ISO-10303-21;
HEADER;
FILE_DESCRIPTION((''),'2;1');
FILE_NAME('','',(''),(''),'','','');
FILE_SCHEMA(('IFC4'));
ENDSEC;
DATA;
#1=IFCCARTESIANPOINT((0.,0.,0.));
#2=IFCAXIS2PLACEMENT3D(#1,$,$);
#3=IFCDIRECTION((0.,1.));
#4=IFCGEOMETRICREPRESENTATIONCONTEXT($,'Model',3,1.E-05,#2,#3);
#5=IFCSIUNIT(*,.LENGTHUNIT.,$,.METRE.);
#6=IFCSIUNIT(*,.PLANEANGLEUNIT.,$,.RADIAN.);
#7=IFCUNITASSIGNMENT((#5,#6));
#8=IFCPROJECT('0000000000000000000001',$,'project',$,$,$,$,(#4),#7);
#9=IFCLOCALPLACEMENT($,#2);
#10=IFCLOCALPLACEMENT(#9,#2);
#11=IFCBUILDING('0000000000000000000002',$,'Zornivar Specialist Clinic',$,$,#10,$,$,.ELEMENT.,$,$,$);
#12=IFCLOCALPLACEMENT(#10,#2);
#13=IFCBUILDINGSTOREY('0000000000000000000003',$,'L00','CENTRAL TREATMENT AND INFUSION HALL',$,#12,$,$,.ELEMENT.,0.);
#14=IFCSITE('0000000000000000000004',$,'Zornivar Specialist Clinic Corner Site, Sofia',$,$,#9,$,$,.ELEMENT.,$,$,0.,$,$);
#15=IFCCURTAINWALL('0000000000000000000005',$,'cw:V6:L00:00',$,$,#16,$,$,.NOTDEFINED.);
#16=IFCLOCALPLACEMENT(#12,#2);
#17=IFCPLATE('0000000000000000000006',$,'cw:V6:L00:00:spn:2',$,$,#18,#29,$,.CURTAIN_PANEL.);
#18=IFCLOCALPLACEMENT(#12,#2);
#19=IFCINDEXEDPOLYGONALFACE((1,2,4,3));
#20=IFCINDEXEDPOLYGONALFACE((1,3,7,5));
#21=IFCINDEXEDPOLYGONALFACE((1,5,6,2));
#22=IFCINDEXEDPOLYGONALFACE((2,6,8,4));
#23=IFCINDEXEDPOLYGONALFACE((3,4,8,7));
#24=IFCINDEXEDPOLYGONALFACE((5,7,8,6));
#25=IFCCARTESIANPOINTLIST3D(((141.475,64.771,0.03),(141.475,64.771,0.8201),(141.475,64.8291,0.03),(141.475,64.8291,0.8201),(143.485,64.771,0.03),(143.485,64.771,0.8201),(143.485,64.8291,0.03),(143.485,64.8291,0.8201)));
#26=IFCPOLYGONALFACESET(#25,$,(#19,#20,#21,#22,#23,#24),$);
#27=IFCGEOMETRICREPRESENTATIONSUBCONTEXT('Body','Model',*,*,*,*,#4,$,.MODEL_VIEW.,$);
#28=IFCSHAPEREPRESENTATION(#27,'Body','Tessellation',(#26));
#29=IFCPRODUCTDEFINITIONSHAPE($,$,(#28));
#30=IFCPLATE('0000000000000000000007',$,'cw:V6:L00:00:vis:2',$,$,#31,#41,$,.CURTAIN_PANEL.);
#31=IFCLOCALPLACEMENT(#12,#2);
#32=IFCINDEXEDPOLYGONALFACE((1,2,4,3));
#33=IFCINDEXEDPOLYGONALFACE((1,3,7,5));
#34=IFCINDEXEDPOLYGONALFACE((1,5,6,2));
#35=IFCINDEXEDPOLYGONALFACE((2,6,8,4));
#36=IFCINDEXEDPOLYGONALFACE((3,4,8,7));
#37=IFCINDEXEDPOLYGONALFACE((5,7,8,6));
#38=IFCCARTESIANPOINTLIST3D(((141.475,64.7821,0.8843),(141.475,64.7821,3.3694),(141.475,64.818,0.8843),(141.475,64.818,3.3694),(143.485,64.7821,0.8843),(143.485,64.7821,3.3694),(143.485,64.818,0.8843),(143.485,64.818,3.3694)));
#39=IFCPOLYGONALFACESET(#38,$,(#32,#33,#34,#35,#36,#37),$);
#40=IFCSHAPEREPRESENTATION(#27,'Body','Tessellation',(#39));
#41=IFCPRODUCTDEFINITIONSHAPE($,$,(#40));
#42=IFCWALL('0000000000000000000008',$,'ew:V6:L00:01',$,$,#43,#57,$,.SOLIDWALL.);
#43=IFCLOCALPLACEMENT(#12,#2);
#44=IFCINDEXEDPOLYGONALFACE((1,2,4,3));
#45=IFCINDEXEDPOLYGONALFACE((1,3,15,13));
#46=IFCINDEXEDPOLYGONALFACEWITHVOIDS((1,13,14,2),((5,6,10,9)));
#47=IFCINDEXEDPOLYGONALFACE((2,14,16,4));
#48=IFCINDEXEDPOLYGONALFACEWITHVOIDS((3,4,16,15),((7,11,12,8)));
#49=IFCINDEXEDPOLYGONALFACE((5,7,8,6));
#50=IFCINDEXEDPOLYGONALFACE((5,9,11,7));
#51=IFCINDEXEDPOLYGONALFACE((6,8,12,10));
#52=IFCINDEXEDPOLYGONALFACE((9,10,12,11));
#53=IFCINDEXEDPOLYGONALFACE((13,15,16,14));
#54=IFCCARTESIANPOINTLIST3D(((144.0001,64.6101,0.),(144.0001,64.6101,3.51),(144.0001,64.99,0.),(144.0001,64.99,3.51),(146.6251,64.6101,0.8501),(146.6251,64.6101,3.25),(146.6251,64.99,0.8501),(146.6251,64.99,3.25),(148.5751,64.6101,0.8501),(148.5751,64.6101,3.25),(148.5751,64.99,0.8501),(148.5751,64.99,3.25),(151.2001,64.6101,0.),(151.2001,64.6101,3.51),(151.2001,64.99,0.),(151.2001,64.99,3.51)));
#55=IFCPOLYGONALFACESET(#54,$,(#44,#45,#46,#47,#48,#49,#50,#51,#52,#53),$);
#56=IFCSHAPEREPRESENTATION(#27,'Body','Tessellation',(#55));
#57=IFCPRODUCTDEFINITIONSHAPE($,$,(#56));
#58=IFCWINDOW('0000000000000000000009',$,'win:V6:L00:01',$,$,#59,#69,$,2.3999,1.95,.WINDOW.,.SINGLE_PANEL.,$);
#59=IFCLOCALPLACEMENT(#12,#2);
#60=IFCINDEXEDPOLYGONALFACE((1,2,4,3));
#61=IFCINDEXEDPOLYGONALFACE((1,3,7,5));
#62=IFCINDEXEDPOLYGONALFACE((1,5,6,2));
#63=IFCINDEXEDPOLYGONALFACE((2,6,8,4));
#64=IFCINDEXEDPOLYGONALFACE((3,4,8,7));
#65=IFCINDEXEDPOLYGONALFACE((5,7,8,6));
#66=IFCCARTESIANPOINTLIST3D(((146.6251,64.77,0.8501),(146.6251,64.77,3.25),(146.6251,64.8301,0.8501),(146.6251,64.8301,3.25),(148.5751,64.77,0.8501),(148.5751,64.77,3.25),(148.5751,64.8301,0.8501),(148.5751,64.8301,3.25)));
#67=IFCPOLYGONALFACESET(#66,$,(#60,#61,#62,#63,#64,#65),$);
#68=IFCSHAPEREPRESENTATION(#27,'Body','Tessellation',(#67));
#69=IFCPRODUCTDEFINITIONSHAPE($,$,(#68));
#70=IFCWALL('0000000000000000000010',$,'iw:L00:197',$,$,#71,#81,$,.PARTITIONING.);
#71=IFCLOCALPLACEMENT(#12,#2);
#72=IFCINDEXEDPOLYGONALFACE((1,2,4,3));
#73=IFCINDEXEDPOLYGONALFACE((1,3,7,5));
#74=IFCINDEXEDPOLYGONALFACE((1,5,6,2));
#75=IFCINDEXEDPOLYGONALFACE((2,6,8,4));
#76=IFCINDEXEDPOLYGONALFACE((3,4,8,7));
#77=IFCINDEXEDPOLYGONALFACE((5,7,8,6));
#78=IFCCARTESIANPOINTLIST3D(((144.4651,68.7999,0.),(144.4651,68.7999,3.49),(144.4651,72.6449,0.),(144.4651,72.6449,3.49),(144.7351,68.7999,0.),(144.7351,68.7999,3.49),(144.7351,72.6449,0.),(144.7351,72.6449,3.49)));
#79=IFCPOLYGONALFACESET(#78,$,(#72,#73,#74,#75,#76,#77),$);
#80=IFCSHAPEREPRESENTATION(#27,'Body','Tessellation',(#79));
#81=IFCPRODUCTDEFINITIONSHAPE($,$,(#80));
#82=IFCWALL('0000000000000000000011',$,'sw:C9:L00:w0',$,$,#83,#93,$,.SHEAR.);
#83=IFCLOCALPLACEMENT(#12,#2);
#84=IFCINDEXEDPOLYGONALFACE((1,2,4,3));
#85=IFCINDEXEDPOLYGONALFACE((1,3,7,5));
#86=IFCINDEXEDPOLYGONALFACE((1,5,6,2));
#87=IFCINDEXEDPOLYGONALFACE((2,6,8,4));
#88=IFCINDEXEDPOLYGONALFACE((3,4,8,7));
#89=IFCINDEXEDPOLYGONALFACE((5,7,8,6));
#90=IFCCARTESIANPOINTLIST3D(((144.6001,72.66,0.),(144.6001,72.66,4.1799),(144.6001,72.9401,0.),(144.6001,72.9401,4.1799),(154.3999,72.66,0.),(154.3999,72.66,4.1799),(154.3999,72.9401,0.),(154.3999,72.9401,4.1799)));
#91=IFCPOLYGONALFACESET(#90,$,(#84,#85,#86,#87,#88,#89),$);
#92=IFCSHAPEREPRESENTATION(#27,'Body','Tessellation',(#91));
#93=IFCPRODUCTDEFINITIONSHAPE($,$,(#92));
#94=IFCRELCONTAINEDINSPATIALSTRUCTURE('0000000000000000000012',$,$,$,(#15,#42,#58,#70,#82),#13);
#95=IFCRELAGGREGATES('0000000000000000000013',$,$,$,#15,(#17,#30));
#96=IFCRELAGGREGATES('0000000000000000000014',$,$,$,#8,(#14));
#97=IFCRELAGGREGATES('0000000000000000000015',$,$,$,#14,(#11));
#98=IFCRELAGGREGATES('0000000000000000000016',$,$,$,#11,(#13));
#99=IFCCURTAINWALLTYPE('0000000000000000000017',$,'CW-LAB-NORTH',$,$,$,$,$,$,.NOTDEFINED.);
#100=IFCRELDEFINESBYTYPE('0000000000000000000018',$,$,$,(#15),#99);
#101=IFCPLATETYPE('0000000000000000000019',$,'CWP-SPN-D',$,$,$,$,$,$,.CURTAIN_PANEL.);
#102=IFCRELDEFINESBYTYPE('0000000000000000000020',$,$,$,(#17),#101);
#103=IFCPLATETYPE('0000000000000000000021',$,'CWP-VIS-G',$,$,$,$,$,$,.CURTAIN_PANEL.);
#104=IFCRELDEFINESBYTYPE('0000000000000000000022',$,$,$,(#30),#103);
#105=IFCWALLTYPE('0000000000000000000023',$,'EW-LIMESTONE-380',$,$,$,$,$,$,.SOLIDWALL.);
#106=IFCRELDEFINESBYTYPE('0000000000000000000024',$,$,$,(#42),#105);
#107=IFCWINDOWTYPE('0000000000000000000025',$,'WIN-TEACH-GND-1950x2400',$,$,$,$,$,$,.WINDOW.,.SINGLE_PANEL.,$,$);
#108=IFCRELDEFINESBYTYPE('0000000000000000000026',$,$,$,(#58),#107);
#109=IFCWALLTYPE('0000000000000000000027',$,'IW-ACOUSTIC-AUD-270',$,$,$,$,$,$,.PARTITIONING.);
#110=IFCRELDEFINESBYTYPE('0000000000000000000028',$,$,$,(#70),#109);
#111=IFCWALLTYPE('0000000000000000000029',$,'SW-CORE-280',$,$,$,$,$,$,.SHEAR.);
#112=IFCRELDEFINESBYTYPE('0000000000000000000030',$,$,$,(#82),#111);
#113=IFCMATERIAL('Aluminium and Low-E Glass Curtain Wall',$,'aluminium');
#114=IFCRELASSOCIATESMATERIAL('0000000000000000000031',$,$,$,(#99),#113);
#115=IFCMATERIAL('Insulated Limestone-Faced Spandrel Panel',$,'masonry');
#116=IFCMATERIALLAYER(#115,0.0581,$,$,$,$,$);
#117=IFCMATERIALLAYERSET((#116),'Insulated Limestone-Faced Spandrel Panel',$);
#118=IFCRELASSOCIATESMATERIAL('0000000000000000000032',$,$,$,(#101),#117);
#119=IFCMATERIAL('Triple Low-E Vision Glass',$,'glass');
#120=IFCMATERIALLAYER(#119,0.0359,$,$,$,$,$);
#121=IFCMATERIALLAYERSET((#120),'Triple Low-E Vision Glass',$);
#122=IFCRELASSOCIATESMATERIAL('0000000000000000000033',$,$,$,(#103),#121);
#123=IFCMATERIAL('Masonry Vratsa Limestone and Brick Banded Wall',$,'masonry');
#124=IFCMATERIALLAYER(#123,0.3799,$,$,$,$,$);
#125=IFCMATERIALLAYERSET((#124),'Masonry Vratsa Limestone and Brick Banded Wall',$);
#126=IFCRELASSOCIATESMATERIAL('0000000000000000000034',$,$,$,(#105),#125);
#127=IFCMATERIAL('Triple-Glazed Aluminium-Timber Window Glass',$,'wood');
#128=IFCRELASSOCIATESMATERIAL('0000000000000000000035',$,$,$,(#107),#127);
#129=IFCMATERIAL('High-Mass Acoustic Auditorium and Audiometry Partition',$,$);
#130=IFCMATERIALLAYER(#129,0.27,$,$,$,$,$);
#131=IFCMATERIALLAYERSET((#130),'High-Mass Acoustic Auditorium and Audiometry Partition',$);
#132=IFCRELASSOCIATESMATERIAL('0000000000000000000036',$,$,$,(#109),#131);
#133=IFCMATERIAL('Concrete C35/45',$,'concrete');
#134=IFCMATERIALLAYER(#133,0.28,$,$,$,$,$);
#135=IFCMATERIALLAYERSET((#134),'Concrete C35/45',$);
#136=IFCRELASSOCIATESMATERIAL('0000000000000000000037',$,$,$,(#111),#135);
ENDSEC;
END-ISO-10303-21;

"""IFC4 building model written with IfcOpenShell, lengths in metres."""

from ifc_helpers import new_model, si_unit, direction, frame, frame_2d, origin, origin_2d, place, context, subcontext, project, spatial, rectangle, extrude, material, layer, layer_set, type_object, element, fill, aggregate, save


model = new_model("IFC4")

# Units and contexts
model_context = context("Model", 3, precision=1e-05, world=origin(), true_north=direction((0.0, 1.0)))
body_context = subcontext(model_context, "Body", "Model", "MODEL_VIEW")
ifc_project = project(units=[si_unit("LENGTHUNIT", "METRE"), si_unit("PLANEANGLEUNIT", "RADIAN")], contexts=[model_context])

# Site, building, storey
site_placement = place(None, origin())
site = spatial("IfcSite", under=ifc_project, at=site_placement, Name="Zornivar Specialist Clinic Corner Site, Sofia", CompositionType="ELEMENT", RefElevation=0.0)
building_placement = place(site_placement, origin())
building = spatial("IfcBuilding", under=site, at=building_placement, Name="Zornivar Specialist Clinic", CompositionType="ELEMENT")
storey_placement = place(building_placement, origin())
storey = spatial("IfcBuildingStorey", under=building, at=storey_placement, Name="L00", Description="CENTRAL TREATMENT AND INFUSION HALL", CompositionType="ELEMENT", Elevation=0.0)

# Curtain wall, plates
ifc_material_1 = material(Name="Aluminium and Low-E Glass Curtain Wall", Category="aluminium")
curtain_wall_type = type_object("IfcCurtainWallType", Name="CW-LAB-NORTH", PredefinedType="NOTDEFINED", material=ifc_material_1)
curtain_wall_placement = place(storey_placement, origin())
curtain_wall = element("IfcCurtainWall", 1, at=curtain_wall_placement, inside=storey, type_object=curtain_wall_type, Name="cw:V6:L00:00", PredefinedType="NOTDEFINED")
ifc_material_2 = material(Name="Insulated Limestone-Faced Spandrel Panel", Category="masonry")
ifc_layer_1 = layer(ifc_material_2, 0.0581)
ifc_layer_set_1 = layer_set([ifc_layer_1], Name="Insulated Limestone-Faced Spandrel Panel")
plate_type_1 = type_object("IfcPlateType", Name="CWP-SPN-D", PredefinedType="CURTAIN_PANEL", material=ifc_layer_set_1)
plate_1_placement = place(storey_placement, frame((142.48, 64.8, 0.03), z_axis=(0.0, 0.0, 1.0), x_axis=(1.0, 0.0, 0.0)))
plate_1 = element("IfcPlate", 2, at=plate_1_placement, type_object=plate_type_1, Name="cw:V6:L00:00:spn:2", PredefinedType="CURTAIN_PANEL", context=body_context, shape_type="SweptSolid", body=[
    extrude(rectangle(XDim=2.01, YDim=0.0581, at=origin_2d()), origin(), (0.0, 0.0, 1.0), 0.79),
])
ifc_material_3 = material(Name="Triple Low-E Vision Glass", Category="glass")
ifc_layer_2 = layer(ifc_material_3, 0.0359)
ifc_layer_set_2 = layer_set([ifc_layer_2], Name="Triple Low-E Vision Glass")
plate_type_2 = type_object("IfcPlateType", Name="CWP-VIS-G", PredefinedType="CURTAIN_PANEL", material=ifc_layer_set_2)
plate_2_placement = place(storey_placement, frame((142.48, 64.8, 0.8843), z_axis=(0.0, 0.0, 1.0), x_axis=(1.0, 0.0, 0.0)))
plate_2 = element("IfcPlate", 3, at=plate_2_placement, type_object=plate_type_2, Name="cw:V6:L00:00:vis:2", PredefinedType="CURTAIN_PANEL", context=body_context, shape_type="SweptSolid", body=[
    extrude(rectangle(XDim=2.01, YDim=0.0359, at=origin_2d()), origin(), (0.0, 0.0, 1.0), 2.4851),
])
aggregate(curtain_wall, [plate_1, plate_2])

# Wall, opening, window
ifc_material_4 = material(Name="Masonry Vratsa Limestone and Brick Banded Wall", Category="masonry")
ifc_layer_3 = layer(ifc_material_4, 0.3799)
ifc_layer_set_3 = layer_set([ifc_layer_3], Name="Masonry Vratsa Limestone and Brick Banded Wall")
wall_type_1 = type_object("IfcWallType", Name="EW-LIMESTONE-380", PredefinedType="SOLIDWALL", material=ifc_layer_set_3)
wall_1_placement = place(storey_placement, frame((144.0, 64.8, 0.0), z_axis=(0.0, 0.0, 1.0), x_axis=(1.0, 0.0, 0.0)))
wall_1 = element("IfcWall", 4, at=wall_1_placement, inside=storey, type_object=wall_type_1, Name="ew:V6:L00:01", PredefinedType="SOLIDWALL", context=body_context, shape_type="SweptSolid", body=[
    extrude(rectangle(XDim=7.2, YDim=0.3799, at=frame_2d((3.6001, 0.0))), origin(), (0.0, 0.0, 1.0), 3.51),
])
opening_placement = place(wall_1_placement, frame((2.625, 0.0, 0.8501)))
opening = element("IfcOpeningElement", 5, at=opening_placement, cuts=wall_1, PredefinedType="OPENING", context=body_context, shape_type="SweptSolid", body=[
    extrude(rectangle(XDim=1.95, YDim=2.3999, at=frame_2d((0.9751, 1.2))), frame((0.0, 0.2, 0.0), z_axis=(0.0, -1.0, 0.0), x_axis=(1.0, 0.0, 0.0)), (0.0, 0.0, 1.0), 0.3999),
])
ifc_material_5 = material(Name="Triple-Glazed Aluminium-Timber Window Glass", Category="wood")
window_type = type_object("IfcWindowType", Name="WIN-TEACH-GND-1950x2400", PartitioningType="SINGLE_PANEL", PredefinedType="WINDOW", material=ifc_material_5)
window_placement = place(opening_placement, origin())
window = element("IfcWindow", 6, at=window_placement, inside=storey, type_object=window_type, Name="win:V6:L00:01", OverallHeight=2.3999, OverallWidth=1.95, PartitioningType="SINGLE_PANEL", PredefinedType="WINDOW", context=body_context, shape_type="SweptSolid", body=[
    extrude(rectangle(XDim=1.95, YDim=2.3999, at=frame_2d((0.9751, 1.2))), frame((0.0, 0.03, 0.0), z_axis=(0.0, -1.0, 0.0), x_axis=(1.0, 0.0, 0.0)), (0.0, 0.0, 1.0), 0.0601),
])
fill(opening, window)

# Walls
ifc_material_6 = material(Name="High-Mass Acoustic Auditorium and Audiometry Partition")
ifc_layer_4 = layer(ifc_material_6, 0.27)
ifc_layer_set_4 = layer_set([ifc_layer_4], Name="High-Mass Acoustic Auditorium and Audiometry Partition")
wall_type_2 = type_object("IfcWallType", Name="IW-ACOUSTIC-AUD-270", PredefinedType="PARTITIONING", material=ifc_layer_set_4)
wall_2_placement = place(storey_placement, frame((144.6001, 68.8, 0.0), z_axis=(0.0, 0.0, 1.0), x_axis=(0.0, 1.0, 0.0)))
element("IfcWall", 7, at=wall_2_placement, inside=storey, type_object=wall_type_2, Name="iw:L00:197", PredefinedType="PARTITIONING", context=body_context, shape_type="SweptSolid", body=[
    extrude(rectangle(XDim=3.845, YDim=0.27, at=frame_2d((1.9224, 0.0))), origin(), (0.0, 0.0, 1.0), 3.49),
])
ifc_material_7 = material(Name="Concrete C35/45", Category="concrete")
ifc_layer_5 = layer(ifc_material_7, 0.28)
ifc_layer_set_5 = layer_set([ifc_layer_5], Name="Concrete C35/45")
wall_type_3 = type_object("IfcWallType", Name="SW-CORE-280", PredefinedType="SHEAR", material=ifc_layer_set_5)
wall_3_placement = place(storey_placement, frame((144.6001, 72.8, 0.0), z_axis=(0.0, 0.0, 1.0), x_axis=(1.0, 0.0, 0.0)))
element("IfcWall", 8, at=wall_3_placement, inside=storey, type_object=wall_type_3, Name="sw:C9:L00:w0", PredefinedType="SHEAR", context=body_context, shape_type="SweptSolid", body=[
    extrude(rectangle(XDim=9.7998, YDim=0.28, at=frame_2d((4.8999, 0.0))), origin(), (0.0, 0.0, 1.0), 4.1799),
])

save(model, "model.ifc")
